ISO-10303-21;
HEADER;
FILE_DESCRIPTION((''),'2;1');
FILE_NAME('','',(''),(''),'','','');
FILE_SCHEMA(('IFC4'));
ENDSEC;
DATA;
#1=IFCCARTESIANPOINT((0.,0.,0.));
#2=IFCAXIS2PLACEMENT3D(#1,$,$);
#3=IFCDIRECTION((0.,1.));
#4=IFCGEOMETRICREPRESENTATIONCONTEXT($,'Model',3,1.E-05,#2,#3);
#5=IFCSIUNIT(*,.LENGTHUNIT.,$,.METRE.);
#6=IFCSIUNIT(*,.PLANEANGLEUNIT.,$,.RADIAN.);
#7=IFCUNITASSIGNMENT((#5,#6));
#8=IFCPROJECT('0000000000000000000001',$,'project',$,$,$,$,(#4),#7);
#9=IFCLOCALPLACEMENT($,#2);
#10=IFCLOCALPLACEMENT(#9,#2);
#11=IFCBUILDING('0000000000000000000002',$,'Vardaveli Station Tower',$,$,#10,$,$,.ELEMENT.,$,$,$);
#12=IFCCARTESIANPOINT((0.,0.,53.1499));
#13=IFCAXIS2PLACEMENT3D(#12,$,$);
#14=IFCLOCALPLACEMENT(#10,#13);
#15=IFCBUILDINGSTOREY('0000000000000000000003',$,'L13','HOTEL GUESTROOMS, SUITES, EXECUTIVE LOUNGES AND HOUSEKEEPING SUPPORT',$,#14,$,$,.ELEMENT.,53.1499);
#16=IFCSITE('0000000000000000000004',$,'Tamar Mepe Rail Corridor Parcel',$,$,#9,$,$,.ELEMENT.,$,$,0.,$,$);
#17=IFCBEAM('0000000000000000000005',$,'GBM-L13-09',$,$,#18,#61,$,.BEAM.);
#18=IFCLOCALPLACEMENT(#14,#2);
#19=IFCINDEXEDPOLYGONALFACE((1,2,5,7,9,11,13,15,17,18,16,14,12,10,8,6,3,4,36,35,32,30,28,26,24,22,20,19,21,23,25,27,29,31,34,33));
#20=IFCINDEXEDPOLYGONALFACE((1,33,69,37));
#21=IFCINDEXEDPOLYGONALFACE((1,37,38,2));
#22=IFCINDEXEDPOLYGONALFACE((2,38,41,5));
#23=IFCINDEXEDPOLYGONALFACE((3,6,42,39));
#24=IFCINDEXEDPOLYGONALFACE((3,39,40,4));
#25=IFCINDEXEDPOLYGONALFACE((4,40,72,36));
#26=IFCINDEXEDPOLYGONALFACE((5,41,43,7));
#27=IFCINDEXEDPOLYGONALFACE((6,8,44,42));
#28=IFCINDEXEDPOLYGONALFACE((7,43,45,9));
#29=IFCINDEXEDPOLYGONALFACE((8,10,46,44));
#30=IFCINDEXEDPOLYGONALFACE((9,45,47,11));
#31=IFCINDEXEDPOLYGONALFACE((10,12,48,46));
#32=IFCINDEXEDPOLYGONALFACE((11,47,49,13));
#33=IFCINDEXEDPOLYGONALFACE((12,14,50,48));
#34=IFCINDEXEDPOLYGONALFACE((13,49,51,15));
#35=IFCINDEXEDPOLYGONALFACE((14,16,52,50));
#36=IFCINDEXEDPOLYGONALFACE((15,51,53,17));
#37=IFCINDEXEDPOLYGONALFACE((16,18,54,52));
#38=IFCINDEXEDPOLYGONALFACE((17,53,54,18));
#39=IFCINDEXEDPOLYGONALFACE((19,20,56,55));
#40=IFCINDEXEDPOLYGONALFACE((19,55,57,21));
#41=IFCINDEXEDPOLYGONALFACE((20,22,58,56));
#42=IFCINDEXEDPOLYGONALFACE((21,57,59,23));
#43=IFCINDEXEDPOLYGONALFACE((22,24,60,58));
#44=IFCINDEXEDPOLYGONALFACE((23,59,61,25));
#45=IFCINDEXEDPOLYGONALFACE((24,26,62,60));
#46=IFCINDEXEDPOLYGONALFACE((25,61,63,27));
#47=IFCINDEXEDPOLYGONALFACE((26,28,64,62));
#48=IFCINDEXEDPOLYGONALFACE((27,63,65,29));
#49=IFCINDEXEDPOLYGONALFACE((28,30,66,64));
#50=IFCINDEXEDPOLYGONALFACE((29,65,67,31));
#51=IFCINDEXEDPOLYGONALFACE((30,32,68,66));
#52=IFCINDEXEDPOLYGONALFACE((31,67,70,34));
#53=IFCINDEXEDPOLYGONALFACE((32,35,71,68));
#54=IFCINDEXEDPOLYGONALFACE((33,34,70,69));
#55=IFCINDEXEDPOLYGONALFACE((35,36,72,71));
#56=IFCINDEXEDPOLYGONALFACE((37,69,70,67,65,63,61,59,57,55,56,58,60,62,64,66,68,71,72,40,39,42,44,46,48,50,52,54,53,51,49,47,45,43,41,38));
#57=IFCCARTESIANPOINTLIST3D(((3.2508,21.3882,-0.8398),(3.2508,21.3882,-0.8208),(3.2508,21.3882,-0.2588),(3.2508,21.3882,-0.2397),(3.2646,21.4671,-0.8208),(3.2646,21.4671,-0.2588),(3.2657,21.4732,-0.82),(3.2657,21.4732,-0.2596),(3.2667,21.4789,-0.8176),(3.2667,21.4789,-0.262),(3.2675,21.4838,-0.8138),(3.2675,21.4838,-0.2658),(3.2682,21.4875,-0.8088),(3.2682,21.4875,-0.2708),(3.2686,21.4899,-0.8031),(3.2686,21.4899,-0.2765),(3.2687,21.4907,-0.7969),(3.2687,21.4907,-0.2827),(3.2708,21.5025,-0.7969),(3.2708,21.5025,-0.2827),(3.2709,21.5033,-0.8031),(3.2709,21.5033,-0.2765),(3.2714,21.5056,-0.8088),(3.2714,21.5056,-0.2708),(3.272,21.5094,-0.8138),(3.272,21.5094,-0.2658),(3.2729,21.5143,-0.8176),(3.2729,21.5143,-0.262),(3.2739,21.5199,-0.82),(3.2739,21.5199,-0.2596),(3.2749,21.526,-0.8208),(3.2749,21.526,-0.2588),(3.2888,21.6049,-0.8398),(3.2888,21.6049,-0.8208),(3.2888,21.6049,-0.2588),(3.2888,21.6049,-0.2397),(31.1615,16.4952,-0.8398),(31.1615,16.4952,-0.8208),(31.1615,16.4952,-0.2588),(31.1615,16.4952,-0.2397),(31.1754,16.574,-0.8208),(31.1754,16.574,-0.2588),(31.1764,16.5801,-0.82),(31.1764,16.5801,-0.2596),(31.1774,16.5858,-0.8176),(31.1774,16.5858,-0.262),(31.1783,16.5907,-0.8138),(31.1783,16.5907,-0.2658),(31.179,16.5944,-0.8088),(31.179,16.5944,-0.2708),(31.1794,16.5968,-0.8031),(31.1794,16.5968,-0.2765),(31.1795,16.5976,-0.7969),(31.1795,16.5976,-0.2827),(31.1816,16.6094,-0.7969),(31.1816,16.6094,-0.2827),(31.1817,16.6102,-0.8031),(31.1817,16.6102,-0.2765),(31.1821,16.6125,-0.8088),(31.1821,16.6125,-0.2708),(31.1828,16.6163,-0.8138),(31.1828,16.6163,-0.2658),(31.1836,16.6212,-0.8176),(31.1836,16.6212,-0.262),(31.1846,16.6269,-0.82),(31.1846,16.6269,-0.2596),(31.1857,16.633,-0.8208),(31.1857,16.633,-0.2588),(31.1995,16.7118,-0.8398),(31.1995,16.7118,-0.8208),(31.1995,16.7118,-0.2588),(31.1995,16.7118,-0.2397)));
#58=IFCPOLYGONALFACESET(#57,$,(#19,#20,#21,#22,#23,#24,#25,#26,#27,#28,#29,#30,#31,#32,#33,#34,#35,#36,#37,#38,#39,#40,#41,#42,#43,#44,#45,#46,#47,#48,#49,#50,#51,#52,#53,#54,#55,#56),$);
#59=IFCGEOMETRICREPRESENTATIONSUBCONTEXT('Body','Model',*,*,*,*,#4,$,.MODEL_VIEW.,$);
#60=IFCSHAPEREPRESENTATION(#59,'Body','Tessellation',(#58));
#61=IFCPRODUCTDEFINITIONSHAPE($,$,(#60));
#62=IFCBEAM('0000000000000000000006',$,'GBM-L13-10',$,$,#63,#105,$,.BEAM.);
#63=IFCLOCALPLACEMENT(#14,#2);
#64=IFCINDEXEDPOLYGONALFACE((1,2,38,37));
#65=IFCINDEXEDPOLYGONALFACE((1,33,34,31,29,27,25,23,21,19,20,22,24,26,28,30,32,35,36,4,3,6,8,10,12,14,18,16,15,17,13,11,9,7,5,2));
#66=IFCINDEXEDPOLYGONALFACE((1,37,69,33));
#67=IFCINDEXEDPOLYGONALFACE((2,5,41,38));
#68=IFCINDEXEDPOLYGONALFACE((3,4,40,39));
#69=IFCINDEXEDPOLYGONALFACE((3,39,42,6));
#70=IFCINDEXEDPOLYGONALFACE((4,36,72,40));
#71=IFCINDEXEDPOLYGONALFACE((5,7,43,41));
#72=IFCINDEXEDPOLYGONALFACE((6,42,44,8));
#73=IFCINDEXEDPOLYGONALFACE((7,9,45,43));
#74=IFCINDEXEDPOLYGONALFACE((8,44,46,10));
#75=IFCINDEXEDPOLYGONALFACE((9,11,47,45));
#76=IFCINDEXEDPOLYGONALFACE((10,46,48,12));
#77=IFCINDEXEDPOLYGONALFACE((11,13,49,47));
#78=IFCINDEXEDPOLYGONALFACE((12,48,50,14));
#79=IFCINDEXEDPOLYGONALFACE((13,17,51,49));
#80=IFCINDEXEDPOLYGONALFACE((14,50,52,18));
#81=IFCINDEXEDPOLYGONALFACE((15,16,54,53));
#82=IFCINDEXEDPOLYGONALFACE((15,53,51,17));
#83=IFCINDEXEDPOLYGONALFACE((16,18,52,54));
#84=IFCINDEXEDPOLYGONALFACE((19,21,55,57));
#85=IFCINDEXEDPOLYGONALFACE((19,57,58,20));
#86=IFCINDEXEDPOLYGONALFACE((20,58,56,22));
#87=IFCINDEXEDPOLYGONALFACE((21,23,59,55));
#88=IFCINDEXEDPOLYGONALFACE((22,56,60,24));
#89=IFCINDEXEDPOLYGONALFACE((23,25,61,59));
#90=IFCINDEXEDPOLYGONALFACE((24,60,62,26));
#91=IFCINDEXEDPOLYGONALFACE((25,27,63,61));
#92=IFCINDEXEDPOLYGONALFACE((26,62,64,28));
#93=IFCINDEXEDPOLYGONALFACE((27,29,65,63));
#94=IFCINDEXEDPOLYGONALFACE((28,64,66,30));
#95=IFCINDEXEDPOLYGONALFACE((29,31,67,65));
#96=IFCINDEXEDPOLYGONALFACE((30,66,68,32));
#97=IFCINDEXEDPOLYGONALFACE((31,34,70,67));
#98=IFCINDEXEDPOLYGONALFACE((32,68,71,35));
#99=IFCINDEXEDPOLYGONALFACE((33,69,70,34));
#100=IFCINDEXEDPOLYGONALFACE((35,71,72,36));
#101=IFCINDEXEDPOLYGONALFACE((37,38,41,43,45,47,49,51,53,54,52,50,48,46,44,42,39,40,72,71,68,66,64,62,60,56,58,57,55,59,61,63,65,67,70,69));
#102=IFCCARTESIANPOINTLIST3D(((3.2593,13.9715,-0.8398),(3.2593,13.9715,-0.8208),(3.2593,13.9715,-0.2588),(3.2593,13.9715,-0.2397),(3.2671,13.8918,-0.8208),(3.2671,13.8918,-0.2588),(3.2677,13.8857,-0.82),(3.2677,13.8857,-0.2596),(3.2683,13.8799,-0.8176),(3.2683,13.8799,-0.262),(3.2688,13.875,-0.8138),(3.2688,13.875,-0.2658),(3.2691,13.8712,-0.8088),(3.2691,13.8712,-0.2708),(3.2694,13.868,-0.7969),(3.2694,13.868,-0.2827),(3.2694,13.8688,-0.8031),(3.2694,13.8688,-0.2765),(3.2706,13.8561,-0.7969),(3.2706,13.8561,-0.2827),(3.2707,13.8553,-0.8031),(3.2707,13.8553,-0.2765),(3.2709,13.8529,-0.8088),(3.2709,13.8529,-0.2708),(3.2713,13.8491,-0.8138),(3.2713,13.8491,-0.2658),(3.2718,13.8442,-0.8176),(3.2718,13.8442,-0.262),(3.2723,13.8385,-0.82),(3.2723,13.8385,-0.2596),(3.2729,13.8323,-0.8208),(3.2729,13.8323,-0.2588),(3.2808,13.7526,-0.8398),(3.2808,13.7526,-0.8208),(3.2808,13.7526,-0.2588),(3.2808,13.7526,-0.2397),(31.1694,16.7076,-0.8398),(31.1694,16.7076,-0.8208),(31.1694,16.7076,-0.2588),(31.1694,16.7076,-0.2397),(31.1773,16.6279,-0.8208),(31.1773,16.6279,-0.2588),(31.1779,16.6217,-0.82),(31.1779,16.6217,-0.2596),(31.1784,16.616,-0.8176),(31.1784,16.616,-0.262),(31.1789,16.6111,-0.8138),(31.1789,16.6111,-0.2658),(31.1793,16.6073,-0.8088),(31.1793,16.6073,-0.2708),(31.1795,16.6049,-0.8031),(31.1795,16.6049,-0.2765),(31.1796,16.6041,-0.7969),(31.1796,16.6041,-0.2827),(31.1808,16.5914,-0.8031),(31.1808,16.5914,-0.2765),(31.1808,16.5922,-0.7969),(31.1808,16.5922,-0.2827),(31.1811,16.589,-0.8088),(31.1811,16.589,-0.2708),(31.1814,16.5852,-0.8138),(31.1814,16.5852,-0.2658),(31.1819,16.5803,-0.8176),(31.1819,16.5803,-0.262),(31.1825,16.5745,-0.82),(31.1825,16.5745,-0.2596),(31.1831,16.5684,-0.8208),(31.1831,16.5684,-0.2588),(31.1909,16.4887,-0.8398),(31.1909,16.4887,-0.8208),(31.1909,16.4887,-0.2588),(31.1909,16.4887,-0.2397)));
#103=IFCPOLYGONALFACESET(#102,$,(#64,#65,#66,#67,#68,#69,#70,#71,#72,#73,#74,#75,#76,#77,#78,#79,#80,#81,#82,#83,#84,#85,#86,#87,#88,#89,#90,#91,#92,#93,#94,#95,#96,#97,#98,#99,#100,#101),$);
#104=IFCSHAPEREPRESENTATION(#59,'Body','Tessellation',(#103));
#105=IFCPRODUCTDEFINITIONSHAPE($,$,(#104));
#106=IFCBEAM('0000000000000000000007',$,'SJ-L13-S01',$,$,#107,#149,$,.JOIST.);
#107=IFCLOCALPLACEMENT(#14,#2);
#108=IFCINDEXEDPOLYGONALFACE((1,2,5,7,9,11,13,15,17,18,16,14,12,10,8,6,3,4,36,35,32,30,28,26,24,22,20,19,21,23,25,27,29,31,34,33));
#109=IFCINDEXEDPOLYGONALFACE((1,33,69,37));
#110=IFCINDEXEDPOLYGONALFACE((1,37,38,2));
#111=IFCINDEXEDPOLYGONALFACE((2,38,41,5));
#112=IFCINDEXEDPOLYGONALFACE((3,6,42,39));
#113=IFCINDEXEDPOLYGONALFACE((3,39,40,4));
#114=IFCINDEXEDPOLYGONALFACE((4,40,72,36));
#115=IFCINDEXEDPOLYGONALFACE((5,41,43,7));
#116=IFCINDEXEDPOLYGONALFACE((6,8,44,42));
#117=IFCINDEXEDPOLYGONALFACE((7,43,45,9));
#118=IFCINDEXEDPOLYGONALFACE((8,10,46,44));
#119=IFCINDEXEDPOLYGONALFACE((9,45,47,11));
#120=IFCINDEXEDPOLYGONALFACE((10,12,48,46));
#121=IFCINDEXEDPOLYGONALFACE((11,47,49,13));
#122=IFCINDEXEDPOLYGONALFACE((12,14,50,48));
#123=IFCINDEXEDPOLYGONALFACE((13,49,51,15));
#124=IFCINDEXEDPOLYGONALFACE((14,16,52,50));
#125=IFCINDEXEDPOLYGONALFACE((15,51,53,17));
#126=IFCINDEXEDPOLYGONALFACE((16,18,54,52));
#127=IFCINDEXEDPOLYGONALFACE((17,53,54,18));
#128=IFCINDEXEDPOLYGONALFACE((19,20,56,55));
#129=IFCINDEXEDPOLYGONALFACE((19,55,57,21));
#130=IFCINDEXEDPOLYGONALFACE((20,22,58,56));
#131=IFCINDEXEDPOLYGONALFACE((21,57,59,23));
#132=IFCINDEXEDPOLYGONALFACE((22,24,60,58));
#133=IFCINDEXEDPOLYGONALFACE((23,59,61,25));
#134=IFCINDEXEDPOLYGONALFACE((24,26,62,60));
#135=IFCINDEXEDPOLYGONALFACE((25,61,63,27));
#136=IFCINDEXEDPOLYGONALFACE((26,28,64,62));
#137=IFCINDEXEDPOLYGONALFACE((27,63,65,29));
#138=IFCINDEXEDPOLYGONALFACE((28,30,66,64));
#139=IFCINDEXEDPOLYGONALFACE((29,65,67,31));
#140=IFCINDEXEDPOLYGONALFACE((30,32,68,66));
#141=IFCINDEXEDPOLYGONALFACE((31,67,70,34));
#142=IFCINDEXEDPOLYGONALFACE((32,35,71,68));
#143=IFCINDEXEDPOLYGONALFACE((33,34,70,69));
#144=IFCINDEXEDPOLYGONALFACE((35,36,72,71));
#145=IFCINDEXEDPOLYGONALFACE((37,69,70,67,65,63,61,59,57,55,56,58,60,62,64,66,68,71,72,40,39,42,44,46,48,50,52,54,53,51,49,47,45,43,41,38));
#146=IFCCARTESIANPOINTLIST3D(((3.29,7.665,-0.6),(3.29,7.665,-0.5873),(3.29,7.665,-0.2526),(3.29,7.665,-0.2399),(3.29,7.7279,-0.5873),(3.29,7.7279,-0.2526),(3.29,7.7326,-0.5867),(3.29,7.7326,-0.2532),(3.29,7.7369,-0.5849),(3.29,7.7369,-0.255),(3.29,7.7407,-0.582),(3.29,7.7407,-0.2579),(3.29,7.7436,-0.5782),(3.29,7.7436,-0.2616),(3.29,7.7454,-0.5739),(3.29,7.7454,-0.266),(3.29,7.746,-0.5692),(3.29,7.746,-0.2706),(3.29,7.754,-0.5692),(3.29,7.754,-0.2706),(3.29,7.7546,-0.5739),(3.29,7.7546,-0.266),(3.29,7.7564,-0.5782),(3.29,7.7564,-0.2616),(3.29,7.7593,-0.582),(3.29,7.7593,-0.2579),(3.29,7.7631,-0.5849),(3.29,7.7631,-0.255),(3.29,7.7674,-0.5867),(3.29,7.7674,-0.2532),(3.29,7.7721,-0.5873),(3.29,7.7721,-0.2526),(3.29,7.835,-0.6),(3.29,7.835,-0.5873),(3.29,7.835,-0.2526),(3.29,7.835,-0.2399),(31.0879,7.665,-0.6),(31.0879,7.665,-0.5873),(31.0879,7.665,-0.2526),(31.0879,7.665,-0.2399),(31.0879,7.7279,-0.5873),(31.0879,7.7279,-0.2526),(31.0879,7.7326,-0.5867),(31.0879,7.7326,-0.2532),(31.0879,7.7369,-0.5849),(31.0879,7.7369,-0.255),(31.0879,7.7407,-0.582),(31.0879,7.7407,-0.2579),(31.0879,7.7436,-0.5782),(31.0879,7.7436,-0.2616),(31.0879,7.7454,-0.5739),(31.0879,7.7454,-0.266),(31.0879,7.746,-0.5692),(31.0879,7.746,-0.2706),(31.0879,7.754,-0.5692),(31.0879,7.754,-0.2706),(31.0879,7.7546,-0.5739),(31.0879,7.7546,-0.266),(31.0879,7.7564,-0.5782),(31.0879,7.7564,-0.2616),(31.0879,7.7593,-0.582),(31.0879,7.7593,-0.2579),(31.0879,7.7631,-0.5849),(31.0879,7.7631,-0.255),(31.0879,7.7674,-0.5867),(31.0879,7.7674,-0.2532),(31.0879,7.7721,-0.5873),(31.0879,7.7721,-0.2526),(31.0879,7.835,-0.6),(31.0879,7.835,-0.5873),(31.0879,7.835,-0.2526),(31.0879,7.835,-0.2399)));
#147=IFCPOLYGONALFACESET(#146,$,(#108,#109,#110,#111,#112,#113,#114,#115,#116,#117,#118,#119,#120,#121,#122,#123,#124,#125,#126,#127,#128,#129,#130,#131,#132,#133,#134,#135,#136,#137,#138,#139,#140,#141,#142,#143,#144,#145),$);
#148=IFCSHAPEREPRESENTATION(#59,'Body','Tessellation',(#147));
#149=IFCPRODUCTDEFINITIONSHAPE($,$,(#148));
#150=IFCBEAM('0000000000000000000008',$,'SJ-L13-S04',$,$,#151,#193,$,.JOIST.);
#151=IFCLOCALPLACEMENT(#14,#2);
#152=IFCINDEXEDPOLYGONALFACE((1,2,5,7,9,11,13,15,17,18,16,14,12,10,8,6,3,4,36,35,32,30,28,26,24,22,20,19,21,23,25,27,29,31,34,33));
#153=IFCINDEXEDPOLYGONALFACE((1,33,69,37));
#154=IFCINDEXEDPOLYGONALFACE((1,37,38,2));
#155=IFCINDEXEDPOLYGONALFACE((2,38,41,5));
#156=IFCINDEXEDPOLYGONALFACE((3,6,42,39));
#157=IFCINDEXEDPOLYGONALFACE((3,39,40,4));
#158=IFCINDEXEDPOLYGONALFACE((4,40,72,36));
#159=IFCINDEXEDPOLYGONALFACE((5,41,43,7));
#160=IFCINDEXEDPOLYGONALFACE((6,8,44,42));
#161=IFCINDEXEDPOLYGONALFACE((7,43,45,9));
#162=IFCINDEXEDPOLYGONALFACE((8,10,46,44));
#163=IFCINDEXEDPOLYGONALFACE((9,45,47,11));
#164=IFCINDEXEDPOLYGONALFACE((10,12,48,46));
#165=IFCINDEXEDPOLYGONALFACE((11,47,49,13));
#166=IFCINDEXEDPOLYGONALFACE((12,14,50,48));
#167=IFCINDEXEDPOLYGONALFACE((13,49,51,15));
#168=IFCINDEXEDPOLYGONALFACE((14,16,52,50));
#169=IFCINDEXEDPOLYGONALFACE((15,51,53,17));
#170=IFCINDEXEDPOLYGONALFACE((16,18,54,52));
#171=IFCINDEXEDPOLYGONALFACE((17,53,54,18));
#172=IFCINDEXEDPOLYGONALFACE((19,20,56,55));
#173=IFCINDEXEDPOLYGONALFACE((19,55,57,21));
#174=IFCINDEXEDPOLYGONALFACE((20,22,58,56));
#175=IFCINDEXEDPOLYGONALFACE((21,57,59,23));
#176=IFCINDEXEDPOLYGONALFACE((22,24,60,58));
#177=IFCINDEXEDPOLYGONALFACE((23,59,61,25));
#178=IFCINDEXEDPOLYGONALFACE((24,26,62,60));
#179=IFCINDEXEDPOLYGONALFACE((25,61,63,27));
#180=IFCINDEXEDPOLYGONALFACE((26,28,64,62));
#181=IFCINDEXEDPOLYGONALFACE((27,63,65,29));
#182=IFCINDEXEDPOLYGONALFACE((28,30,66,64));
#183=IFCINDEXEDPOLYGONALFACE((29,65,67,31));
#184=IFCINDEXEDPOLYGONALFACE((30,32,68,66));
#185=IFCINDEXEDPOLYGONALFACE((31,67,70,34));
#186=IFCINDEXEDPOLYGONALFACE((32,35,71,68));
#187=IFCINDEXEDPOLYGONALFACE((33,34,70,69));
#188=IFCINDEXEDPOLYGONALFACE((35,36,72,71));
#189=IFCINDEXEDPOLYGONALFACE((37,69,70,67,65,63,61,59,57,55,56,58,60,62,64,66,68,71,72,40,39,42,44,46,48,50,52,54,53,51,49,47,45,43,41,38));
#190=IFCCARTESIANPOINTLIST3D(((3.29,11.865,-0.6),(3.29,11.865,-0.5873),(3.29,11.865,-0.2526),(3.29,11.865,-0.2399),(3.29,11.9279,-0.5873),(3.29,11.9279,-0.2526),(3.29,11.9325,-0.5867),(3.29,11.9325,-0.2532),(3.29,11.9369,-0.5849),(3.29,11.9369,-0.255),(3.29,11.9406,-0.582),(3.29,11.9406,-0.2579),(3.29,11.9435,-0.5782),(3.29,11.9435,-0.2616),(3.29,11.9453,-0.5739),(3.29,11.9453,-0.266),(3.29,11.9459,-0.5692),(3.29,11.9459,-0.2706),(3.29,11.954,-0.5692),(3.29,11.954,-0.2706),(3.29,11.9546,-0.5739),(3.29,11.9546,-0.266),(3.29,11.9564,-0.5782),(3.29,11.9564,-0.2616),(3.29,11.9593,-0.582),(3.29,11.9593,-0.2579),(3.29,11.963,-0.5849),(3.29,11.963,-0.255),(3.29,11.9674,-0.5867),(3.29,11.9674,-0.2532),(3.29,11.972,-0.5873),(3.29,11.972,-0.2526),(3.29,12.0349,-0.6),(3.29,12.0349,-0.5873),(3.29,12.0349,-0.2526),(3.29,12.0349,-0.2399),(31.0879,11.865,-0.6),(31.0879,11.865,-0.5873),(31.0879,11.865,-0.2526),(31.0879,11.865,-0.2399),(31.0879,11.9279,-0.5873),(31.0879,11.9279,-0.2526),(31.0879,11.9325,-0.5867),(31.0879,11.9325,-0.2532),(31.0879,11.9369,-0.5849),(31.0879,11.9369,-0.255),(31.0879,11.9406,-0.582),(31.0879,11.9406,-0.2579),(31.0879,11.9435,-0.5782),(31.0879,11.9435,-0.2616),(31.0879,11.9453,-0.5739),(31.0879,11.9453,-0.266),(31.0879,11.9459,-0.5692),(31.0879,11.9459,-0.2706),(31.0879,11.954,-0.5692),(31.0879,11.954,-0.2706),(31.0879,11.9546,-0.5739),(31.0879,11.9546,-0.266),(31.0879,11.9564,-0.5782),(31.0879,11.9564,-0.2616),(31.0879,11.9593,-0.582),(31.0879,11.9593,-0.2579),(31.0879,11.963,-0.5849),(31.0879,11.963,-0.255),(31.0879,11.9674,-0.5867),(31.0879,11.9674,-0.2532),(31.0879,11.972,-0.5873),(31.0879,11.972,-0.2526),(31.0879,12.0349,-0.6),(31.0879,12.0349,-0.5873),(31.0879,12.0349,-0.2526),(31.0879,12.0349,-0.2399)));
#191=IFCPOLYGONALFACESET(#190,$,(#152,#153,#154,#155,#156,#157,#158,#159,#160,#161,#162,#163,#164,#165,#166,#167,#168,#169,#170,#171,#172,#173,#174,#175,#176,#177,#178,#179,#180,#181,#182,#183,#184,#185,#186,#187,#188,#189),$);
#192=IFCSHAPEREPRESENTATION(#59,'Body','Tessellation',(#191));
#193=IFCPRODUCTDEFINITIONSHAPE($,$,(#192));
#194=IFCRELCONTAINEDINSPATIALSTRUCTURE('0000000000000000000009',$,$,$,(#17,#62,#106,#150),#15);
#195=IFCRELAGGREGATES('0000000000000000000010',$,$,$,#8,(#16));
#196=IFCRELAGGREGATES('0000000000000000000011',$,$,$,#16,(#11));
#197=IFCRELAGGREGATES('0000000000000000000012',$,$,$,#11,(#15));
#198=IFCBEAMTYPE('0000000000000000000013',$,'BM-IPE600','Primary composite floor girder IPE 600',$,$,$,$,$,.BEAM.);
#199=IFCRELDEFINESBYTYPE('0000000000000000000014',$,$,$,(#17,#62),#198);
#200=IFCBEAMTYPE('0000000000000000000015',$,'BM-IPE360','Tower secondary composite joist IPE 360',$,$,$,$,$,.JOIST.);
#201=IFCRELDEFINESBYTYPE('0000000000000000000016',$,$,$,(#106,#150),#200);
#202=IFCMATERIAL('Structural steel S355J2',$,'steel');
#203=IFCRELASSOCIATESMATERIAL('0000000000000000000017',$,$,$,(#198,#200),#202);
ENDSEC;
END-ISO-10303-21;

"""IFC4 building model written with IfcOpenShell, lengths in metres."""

from ifc_helpers import new_model, si_unit, direction, frame, origin, origin_2d, place, context, subcontext, project, spatial, i_section, extrude, source, transform, mapped, material, material_profile, profile_set, type_object, element, save


model = new_model("IFC4")

# Units and contexts
model_context = context("Model", 3, precision=1e-05, world=origin(), true_north=direction((0.0, 1.0)))
body_context = subcontext(model_context, "Body", "Model", "MODEL_VIEW")
ifc_project = project(units=[si_unit("LENGTHUNIT", "METRE"), si_unit("PLANEANGLEUNIT", "RADIAN")], contexts=[model_context])

# Site, building, storey
site_placement = place(None, origin())
site = spatial("IfcSite", under=ifc_project, at=site_placement, Name="Tamar Mepe Rail Corridor Parcel", CompositionType="ELEMENT", RefElevation=0.0)
building_placement = place(site_placement, origin())
building = spatial("IfcBuilding", under=site, at=building_placement, Name="Vardaveli Station Tower", CompositionType="ELEMENT")
storey_placement = place(building_placement, frame((0.0, 0.0, 53.1499)))
storey = spatial("IfcBuildingStorey", under=building, at=storey_placement, Name="L13", Description="HOTEL GUESTROOMS, SUITES, EXECUTIVE LOUNGES AND HOUSEKEEPING SUPPORT", CompositionType="ELEMENT", Elevation=53.1499)

# Beams
ifc_material_1 = material(Name="Structural steel S355J2", Category="steel")
ifc_material_profile_1 = material_profile(ifc_material_1, i_section(OverallWidth=0.22, OverallDepth=0.6001, WebThickness=0.012, FlangeThickness=0.019, FilletRadius=0.0239, at=origin_2d()), Name="IPE 600")
ifc_profile_set_1 = profile_set([ifc_material_profile_1], Name="Structural steel S355J2")
beam_type_1 = type_object("IfcBeamType", Name="BM-IPE600", Description="Primary composite floor girder IPE 600", PredefinedType="BEAM", material=ifc_profile_set_1)
shared_shape_1 = source(origin(), body_context, "Body", "SweptSolid", [
    extrude(i_section(OverallWidth=0.22, OverallDepth=0.6001, WebThickness=0.012, FlangeThickness=0.019, FilletRadius=0.0239, at=origin_2d()), origin(), (0.0, 0.0, 1.0), 28.3364),
])
beam_1_placement = place(storey_placement, frame((3.2698, 21.4966, -0.5398), z_axis=(0.984978, -0.172678, 0.0), x_axis=(0.172678, 0.984978, 0.0)))
element("IfcBeam", 1, at=beam_1_placement, inside=storey, type_object=beam_type_1, Name="GBM-L13-09", PredefinedType="BEAM", context=body_context, shape_type="MappedRepresentation", body=[
    mapped(shared_shape_1, transform((0.0, 0.0, 0.0), scale=1.0)),
])
shared_shape_2 = source(origin(), body_context, "Body", "SweptSolid", [
    extrude(i_section(OverallWidth=0.22, OverallDepth=0.6001, WebThickness=0.012, FlangeThickness=0.019, FilletRadius=0.0239, at=origin_2d()), origin(), (0.0, 0.0, 1.0), 28.0439),
])
beam_2_placement = place(storey_placement, frame((3.27, 13.8621, -0.5398), z_axis=(0.995229, 0.097564, 0.0), x_axis=(-0.097564, 0.995229, 0.0)))
element("IfcBeam", 2, at=beam_2_placement, inside=storey, type_object=beam_type_1, Name="GBM-L13-10", PredefinedType="BEAM", context=body_context, shape_type="MappedRepresentation", body=[
    mapped(shared_shape_2, transform((0.0, 0.0, 0.0), scale=1.0)),
])
ifc_material_profile_2 = material_profile(ifc_material_1, i_section(OverallWidth=0.1699, OverallDepth=0.3601, WebThickness=0.0081, FlangeThickness=0.0127, FilletRadius=0.0181, at=origin_2d()), Name="IPE 360")
ifc_profile_set_2 = profile_set([ifc_material_profile_2], Name="Structural steel S355J2")
beam_type_2 = type_object("IfcBeamType", Name="BM-IPE360", Description="Tower secondary composite joist IPE 360", PredefinedType="JOIST", material=ifc_profile_set_2)
shared_shape_3 = source(origin(), body_context, "Body", "SweptSolid", [
    extrude(i_section(OverallWidth=0.1699, OverallDepth=0.3601, WebThickness=0.0081, FlangeThickness=0.0127, FilletRadius=0.0181, at=origin_2d()), origin(), (0.0, 0.0, 1.0), 27.7979),
])
for number, where, z_axis, x_axis, name in (
    (3, (3.29, 7.75, -0.4199), (1.0, 0.0, 0.0), (0.0, 1.0, 0.0), "SJ-L13-S01"),
    (4, (3.29, 11.95, -0.4199), (1.0, 0.0, 0.0), (0.0, 1.0, 0.0), "SJ-L13-S04"),
):
    element("IfcBeam", number, at=place(storey_placement, frame(where, z_axis=z_axis, x_axis=x_axis)), inside=storey, type_object=beam_type_2, Name=name, PredefinedType="JOIST", context=body_context, shape_type="MappedRepresentation", body=[
        mapped(shared_shape_3, transform((0.0, 0.0, 0.0), scale=1.0)),
    ])

save(model, "model.ifc")
